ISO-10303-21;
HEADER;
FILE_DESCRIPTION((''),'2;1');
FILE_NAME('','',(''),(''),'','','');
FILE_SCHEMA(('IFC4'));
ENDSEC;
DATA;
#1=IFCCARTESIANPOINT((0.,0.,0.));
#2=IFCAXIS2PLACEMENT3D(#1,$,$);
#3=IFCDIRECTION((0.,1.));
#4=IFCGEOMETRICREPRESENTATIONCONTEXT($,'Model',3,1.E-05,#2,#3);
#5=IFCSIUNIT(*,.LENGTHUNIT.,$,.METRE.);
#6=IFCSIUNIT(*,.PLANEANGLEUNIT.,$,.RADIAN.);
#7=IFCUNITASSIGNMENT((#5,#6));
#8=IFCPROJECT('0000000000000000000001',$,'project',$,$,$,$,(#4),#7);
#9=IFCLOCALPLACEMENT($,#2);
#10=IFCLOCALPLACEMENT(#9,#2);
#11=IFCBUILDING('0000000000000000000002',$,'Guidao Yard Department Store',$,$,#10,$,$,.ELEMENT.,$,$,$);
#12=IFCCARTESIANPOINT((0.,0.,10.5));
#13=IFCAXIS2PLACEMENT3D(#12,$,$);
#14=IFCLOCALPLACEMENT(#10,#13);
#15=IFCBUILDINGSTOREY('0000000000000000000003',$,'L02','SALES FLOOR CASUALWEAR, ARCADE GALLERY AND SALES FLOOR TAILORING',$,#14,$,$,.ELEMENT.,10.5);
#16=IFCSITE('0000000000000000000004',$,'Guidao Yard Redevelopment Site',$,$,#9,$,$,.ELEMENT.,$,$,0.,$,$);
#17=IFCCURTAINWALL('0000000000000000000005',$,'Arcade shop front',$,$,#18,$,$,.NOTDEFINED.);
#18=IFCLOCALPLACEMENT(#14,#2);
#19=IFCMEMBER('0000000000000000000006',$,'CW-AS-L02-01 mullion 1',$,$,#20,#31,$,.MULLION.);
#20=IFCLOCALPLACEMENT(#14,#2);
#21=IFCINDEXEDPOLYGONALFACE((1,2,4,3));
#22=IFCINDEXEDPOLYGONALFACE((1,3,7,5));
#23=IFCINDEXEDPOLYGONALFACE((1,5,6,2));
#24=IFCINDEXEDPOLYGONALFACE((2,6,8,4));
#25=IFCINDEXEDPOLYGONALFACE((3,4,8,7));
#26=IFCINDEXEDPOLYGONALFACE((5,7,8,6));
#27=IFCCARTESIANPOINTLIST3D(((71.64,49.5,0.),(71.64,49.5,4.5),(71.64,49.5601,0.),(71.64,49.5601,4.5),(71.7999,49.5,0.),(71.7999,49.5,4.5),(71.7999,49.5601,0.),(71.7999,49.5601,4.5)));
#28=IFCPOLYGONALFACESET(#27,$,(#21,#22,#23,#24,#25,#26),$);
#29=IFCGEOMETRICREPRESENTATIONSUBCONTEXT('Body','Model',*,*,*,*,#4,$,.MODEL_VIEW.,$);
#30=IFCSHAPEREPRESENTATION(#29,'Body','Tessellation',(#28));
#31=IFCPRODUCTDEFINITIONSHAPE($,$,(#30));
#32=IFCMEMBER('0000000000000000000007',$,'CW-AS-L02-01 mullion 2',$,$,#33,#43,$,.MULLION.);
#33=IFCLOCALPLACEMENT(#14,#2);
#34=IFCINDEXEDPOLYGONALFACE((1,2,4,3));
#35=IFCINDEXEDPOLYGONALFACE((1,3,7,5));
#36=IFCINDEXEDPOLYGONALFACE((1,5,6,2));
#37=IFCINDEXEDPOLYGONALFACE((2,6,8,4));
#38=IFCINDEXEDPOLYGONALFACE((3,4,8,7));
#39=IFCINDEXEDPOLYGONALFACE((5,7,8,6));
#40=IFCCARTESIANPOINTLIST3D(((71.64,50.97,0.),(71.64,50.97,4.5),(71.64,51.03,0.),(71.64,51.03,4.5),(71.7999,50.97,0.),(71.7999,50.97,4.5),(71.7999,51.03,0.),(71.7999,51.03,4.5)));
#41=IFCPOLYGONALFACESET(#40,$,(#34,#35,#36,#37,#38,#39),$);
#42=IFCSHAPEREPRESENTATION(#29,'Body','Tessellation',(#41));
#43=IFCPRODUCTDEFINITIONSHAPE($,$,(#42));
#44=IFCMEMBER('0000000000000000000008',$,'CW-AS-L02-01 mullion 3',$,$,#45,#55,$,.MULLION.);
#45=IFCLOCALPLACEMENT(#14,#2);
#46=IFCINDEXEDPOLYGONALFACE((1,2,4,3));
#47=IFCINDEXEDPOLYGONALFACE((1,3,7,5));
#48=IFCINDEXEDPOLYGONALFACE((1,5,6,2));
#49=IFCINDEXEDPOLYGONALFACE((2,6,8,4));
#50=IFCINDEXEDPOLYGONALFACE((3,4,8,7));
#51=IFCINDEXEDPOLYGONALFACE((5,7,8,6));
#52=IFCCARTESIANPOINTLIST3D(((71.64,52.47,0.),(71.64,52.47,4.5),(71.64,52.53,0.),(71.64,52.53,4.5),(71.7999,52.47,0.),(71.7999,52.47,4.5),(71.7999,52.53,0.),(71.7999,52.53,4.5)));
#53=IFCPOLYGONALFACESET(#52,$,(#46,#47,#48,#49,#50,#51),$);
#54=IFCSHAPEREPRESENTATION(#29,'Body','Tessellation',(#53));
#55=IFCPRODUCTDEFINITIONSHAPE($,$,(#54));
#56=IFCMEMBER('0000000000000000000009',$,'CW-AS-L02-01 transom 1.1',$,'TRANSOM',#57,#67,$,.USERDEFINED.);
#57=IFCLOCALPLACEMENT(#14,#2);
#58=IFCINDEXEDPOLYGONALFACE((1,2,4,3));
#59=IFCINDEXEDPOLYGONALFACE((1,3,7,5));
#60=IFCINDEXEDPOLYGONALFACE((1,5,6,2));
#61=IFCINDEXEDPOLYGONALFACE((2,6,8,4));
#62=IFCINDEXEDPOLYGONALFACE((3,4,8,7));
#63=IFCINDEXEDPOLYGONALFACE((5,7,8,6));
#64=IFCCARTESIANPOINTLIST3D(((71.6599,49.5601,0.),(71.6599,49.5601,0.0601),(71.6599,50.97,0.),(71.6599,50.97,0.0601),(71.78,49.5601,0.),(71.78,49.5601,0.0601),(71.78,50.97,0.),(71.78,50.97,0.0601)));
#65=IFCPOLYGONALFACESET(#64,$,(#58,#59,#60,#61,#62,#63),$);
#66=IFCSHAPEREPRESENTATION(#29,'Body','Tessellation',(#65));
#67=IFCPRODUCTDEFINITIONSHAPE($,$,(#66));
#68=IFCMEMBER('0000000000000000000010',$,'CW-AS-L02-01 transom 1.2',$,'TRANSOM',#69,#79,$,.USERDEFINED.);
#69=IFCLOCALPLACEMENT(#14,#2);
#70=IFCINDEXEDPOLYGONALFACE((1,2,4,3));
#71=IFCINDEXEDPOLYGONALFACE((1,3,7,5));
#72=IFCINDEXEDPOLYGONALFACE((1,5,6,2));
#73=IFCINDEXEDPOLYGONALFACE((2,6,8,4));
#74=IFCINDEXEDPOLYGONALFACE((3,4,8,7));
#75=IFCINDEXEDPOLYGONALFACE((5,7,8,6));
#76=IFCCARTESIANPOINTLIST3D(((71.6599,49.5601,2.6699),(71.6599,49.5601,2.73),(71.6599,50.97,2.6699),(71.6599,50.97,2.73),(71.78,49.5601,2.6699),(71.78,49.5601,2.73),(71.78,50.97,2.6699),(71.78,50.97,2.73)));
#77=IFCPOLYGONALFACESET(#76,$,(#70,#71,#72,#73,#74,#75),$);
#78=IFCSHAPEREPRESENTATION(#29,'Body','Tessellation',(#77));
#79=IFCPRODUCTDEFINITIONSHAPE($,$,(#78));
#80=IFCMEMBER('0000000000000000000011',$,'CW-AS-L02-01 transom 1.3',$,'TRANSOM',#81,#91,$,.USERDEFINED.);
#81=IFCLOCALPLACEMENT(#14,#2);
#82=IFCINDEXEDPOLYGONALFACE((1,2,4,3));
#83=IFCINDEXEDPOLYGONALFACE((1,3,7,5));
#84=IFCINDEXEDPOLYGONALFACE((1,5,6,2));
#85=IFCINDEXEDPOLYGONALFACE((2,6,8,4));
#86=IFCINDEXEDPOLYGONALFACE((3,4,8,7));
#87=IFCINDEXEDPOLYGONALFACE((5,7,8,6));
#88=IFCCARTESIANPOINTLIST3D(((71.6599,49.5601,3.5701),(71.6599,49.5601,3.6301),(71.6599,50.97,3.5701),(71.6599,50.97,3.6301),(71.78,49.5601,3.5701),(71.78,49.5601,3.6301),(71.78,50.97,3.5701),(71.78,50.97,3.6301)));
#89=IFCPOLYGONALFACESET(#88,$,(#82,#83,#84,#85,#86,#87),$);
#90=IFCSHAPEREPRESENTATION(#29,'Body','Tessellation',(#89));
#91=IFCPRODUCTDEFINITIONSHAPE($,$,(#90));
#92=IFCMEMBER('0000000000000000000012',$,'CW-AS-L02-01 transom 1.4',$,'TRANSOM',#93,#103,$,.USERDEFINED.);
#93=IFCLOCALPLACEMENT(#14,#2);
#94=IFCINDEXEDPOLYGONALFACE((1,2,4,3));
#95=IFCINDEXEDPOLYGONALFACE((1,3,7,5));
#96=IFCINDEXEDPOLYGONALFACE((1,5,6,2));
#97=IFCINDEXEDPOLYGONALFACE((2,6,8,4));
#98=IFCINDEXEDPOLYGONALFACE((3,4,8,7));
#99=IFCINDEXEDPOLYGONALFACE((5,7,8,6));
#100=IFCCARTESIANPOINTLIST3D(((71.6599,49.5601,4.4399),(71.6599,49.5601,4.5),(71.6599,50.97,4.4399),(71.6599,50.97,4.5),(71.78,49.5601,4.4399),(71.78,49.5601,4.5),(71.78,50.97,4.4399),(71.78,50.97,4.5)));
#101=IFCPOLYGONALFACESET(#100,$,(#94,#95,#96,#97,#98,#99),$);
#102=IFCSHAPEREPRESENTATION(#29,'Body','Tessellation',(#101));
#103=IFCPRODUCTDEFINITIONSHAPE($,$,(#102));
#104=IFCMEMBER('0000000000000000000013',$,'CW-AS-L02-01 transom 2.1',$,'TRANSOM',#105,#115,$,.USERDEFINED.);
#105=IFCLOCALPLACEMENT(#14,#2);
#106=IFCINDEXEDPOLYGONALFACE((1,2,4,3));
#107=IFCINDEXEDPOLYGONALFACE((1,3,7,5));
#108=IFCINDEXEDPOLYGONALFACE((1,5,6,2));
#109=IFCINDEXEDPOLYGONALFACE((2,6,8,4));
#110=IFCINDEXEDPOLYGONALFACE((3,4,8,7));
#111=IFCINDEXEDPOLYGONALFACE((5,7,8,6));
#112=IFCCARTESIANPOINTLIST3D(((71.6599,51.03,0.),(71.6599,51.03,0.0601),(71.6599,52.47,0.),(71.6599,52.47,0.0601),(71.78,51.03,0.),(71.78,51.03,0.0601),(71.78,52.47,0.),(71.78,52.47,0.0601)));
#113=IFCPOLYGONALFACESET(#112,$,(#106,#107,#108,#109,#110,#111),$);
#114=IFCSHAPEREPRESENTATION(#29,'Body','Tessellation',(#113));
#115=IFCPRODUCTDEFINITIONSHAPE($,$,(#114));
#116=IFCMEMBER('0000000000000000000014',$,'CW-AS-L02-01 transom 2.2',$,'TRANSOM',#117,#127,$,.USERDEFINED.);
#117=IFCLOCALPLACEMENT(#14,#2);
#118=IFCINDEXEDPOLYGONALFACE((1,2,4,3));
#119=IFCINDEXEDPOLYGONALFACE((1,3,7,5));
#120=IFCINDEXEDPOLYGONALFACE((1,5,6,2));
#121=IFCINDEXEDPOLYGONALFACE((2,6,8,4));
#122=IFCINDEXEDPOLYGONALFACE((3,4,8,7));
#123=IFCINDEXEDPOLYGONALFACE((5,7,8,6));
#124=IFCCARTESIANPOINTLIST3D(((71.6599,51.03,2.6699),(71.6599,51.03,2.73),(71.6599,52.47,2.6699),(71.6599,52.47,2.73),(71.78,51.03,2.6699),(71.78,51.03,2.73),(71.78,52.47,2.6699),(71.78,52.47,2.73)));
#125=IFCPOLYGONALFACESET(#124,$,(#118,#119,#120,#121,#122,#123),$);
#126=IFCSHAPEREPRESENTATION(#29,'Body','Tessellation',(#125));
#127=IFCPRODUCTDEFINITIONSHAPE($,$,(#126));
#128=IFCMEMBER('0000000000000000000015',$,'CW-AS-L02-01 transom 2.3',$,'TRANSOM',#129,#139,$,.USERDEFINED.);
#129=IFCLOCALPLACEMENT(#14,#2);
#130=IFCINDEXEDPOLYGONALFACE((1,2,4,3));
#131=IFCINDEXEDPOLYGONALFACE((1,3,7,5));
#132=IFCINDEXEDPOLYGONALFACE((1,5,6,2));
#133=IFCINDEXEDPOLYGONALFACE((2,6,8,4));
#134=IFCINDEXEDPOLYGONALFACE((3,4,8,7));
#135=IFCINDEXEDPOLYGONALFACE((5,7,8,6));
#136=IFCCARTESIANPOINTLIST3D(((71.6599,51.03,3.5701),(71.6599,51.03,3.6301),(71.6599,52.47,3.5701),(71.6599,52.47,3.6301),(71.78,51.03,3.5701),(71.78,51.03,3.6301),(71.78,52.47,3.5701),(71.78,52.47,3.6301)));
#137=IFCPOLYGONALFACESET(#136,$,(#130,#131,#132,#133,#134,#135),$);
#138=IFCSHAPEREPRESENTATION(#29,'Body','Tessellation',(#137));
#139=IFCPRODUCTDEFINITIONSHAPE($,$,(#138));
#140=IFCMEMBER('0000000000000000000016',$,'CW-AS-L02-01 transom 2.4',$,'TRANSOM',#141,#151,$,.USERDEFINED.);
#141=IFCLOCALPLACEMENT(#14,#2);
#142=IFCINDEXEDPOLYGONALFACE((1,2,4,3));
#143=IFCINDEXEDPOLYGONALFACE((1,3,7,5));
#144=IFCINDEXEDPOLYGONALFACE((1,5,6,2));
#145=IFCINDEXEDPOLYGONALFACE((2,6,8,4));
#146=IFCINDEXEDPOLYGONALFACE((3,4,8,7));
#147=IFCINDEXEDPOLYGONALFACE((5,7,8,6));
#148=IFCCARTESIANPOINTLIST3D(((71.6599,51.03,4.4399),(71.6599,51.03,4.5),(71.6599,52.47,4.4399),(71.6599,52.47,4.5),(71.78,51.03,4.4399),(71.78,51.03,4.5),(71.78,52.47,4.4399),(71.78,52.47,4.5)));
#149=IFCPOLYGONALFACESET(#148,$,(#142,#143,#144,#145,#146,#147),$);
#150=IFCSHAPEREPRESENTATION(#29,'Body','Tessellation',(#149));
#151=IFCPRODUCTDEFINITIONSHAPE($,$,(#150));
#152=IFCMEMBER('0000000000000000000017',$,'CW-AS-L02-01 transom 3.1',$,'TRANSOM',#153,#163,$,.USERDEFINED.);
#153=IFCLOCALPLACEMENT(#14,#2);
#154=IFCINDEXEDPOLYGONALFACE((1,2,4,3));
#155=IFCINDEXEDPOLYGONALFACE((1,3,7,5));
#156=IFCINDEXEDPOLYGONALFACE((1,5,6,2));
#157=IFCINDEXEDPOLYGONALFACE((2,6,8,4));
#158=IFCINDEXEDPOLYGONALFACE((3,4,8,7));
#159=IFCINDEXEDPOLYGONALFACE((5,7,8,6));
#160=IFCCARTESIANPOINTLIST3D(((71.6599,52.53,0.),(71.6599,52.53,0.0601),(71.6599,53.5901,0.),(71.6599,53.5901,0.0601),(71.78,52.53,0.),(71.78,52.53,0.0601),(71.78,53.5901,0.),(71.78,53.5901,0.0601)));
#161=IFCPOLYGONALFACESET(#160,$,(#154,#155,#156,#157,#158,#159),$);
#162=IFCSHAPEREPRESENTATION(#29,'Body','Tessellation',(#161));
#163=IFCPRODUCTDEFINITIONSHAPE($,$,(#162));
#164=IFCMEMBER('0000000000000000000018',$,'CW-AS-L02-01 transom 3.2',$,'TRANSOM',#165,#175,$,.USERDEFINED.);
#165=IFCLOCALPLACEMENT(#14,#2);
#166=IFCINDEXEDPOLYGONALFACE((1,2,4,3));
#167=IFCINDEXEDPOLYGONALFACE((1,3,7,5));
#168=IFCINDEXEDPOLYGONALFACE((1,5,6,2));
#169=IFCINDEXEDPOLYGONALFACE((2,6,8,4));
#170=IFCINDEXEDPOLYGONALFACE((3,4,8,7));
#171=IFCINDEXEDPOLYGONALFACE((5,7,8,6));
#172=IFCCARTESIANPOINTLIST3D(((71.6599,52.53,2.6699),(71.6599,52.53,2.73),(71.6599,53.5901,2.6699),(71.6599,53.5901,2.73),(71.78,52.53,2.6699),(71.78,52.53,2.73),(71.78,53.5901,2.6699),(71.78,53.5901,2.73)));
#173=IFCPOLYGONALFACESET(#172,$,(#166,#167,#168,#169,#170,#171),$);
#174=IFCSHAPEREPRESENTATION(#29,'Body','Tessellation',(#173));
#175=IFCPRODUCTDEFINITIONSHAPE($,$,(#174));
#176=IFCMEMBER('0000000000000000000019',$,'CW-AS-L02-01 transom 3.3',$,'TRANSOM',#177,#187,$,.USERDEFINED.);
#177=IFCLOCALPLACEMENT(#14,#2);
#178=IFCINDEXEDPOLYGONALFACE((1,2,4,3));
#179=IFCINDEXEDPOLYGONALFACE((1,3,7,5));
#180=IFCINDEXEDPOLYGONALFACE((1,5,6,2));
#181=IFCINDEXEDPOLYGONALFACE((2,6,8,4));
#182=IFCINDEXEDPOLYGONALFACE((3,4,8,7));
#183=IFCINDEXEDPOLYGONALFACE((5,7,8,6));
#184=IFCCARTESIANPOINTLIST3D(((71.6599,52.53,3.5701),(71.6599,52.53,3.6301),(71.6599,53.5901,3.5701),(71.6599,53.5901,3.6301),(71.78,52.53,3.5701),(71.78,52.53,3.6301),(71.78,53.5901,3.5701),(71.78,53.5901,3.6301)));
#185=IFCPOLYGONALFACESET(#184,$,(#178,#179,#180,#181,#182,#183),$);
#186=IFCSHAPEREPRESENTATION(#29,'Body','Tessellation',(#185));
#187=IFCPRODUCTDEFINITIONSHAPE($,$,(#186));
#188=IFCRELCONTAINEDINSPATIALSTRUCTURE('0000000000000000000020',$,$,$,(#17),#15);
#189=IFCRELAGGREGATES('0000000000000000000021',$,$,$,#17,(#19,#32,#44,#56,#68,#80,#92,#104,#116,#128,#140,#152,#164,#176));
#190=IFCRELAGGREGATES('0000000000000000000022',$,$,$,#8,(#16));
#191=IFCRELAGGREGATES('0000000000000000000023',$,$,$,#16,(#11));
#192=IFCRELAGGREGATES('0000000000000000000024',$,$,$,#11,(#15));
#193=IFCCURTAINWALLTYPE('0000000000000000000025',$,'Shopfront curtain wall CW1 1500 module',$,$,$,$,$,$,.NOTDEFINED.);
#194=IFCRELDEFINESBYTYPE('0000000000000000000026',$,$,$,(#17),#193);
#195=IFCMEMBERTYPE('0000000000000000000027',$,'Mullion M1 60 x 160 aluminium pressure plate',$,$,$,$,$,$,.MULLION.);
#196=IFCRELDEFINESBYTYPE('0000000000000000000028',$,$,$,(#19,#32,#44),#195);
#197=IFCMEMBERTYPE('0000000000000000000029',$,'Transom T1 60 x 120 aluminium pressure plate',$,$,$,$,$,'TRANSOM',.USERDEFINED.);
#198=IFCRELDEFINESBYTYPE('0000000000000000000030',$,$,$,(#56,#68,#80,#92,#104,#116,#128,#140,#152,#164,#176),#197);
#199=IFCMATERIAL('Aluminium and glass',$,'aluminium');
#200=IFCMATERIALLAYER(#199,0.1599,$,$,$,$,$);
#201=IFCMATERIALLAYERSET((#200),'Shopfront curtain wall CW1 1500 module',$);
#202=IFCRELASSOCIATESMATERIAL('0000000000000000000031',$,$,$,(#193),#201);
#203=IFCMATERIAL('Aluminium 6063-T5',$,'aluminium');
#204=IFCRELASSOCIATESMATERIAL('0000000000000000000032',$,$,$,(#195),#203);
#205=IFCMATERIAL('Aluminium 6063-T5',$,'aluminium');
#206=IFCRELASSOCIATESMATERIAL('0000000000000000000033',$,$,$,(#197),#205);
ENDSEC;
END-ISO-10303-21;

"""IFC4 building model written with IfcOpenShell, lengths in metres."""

from ifc_helpers import new_model, si_unit, direction, frame, origin, origin_2d, place, context, subcontext, project, spatial, rectangle, extrude, material, layer, layer_set, material_profile, profile_set, type_object, element, aggregate, save


model = new_model("IFC4")

# Units and contexts
model_context = context("Model", 3, precision=1e-05, world=origin(), true_north=direction((0.0, 1.0)))
body_context = subcontext(model_context, "Body", "Model", "MODEL_VIEW")
ifc_project = project(units=[si_unit("LENGTHUNIT", "METRE"), si_unit("PLANEANGLEUNIT", "RADIAN")], contexts=[model_context])

# Site, building, storey
site_placement = place(None, origin())
site = spatial("IfcSite", under=ifc_project, at=site_placement, Name="Guidao Yard Redevelopment Site", CompositionType="ELEMENT", RefElevation=0.0)
building_placement = place(site_placement, origin())
building = spatial("IfcBuilding", under=site, at=building_placement, Name="Guidao Yard Department Store", CompositionType="ELEMENT")
storey_placement = place(building_placement, frame((0.0, 0.0, 10.5)))
storey = spatial("IfcBuildingStorey", under=building, at=storey_placement, Name="L02", Description="SALES FLOOR CASUALWEAR, ARCADE GALLERY AND SALES FLOOR TAILORING", CompositionType="ELEMENT", Elevation=10.5)

# Curtain wall, members
ifc_material_1 = material(Name="Aluminium and glass", Category="aluminium")
ifc_layer_1 = layer(ifc_material_1, 0.1599)
ifc_layer_set_1 = layer_set([ifc_layer_1], Name="Shopfront curtain wall CW1 1500 module")
curtain_wall_type = type_object("IfcCurtainWallType", Name="Shopfront curtain wall CW1 1500 module", PredefinedType="NOTDEFINED", material=ifc_layer_set_1)
curtain_wall_placement = place(storey_placement, origin())
curtain_wall = element("IfcCurtainWall", 1, at=curtain_wall_placement, inside=storey, type_object=curtain_wall_type, Name="Arcade shop front", PredefinedType="NOTDEFINED")
ifc_material_2 = material(Name="Aluminium 6063-T5", Category="aluminium")
ifc_material_profile_1 = material_profile(ifc_material_2, rectangle(XDim=0.0601, YDim=0.1599, at=origin_2d()), Name="Mullion M1 60 x 160 aluminium pressure plate")
ifc_profile_set_1 = profile_set([ifc_material_profile_1], Name="Aluminium 6063-T5")
member_type_1 = type_object("IfcMemberType", Name="Mullion M1 60 x 160 aluminium pressure plate", PredefinedType="MULLION", material=ifc_profile_set_1)
member_1_placement = place(storey_placement, frame((71.72, 49.53, 0.0), z_axis=(0.0, 0.0, 1.0), x_axis=(0.0, 1.0, 0.0)))
member_1 = element("IfcMember", 2, at=member_1_placement, type_object=member_type_1, Name="CW-AS-L02-01 mullion 1", PredefinedType="MULLION", context=body_context, shape_type="SweptSolid", body=[
    extrude(rectangle(XDim=0.0601, YDim=0.1599, at=origin_2d()), origin(), (0.0, 0.0, 1.0), 4.5),
])
member_2_placement = place(storey_placement, frame((71.72, 51.0, 0.0), z_axis=(0.0, 0.0, 1.0), x_axis=(0.0, 1.0, 0.0)))
member_2 = element("IfcMember", 3, at=member_2_placement, type_object=member_type_1, Name="CW-AS-L02-01 mullion 2", PredefinedType="MULLION", context=body_context, shape_type="SweptSolid", body=[
    extrude(rectangle(XDim=0.0601, YDim=0.1599, at=origin_2d()), origin(), (0.0, 0.0, 1.0), 4.5),
])
member_3_placement = place(storey_placement, frame((71.72, 52.5, 0.0), z_axis=(0.0, 0.0, 1.0), x_axis=(0.0, 1.0, 0.0)))
member_3 = element("IfcMember", 4, at=member_3_placement, type_object=member_type_1, Name="CW-AS-L02-01 mullion 3", PredefinedType="MULLION", context=body_context, shape_type="SweptSolid", body=[
    extrude(rectangle(XDim=0.0601, YDim=0.1599, at=origin_2d()), origin(), (0.0, 0.0, 1.0), 4.5),
])
ifc_material_3 = material(Name="Aluminium 6063-T5", Category="aluminium")
ifc_material_profile_2 = material_profile(ifc_material_3, rectangle(XDim=0.1201, YDim=0.0601, at=origin_2d()), Name="Transom T1 60 x 120 aluminium pressure plate")
ifc_profile_set_2 = profile_set([ifc_material_profile_2], Name="Aluminium 6063-T5")
member_type_2 = type_object("IfcMemberType", Name="Transom T1 60 x 120 aluminium pressure plate", ElementType="TRANSOM", PredefinedType="USERDEFINED", material=ifc_profile_set_2)
member_4_placement = place(storey_placement, frame((71.72, 49.5601, 0.03), z_axis=(0.0, 1.0, 0.0), x_axis=(-1.0, 0.0, 0.0)))
member_4 = element("IfcMember", 5, at=member_4_placement, type_object=member_type_2, Name="CW-AS-L02-01 transom 1.1", ObjectType="TRANSOM", PredefinedType="USERDEFINED", context=body_context, shape_type="SweptSolid", body=[
    extrude(rectangle(XDim=0.1201, YDim=0.0601, at=origin_2d()), origin(), (0.0, 0.0, 1.0), 1.4099),
])
member_5_placement = place(storey_placement, frame((71.72, 49.5601, 2.7), z_axis=(0.0, 1.0, 0.0), x_axis=(-1.0, 0.0, 0.0)))
member_5 = element("IfcMember", 6, at=member_5_placement, type_object=member_type_2, Name="CW-AS-L02-01 transom 1.2", ObjectType="TRANSOM", PredefinedType="USERDEFINED", context=body_context, shape_type="SweptSolid", body=[
    extrude(rectangle(XDim=0.1201, YDim=0.0601, at=origin_2d()), origin(), (0.0, 0.0, 1.0), 1.4099),
])
member_6_placement = place(storey_placement, frame((71.72, 49.5601, 3.6001), z_axis=(0.0, 1.0, 0.0), x_axis=(-1.0, 0.0, 0.0)))
member_6 = element("IfcMember", 7, at=member_6_placement, type_object=member_type_2, Name="CW-AS-L02-01 transom 1.3", ObjectType="TRANSOM", PredefinedType="USERDEFINED", context=body_context, shape_type="SweptSolid", body=[
    extrude(rectangle(XDim=0.1201, YDim=0.0601, at=origin_2d()), origin(), (0.0, 0.0, 1.0), 1.4099),
])
member_7_placement = place(storey_placement, frame((71.72, 49.5601, 4.47), z_axis=(0.0, 1.0, 0.0), x_axis=(-1.0, 0.0, 0.0)))
member_7 = element("IfcMember", 8, at=member_7_placement, type_object=member_type_2, Name="CW-AS-L02-01 transom 1.4", ObjectType="TRANSOM", PredefinedType="USERDEFINED", context=body_context, shape_type="SweptSolid", body=[
    extrude(rectangle(XDim=0.1201, YDim=0.0601, at=origin_2d()), origin(), (0.0, 0.0, 1.0), 1.4099),
])
member_8_placement = place(storey_placement, frame((71.72, 51.03, 0.03), z_axis=(0.0, 1.0, 0.0), x_axis=(-1.0, 0.0, 0.0)))
member_8 = element("IfcMember", 9, at=member_8_placement, type_object=member_type_2, Name="CW-AS-L02-01 transom 2.1", ObjectType="TRANSOM", PredefinedType="USERDEFINED", context=body_context, shape_type="SweptSolid", body=[
    extrude(rectangle(XDim=0.1201, YDim=0.0601, at=origin_2d()), origin(), (0.0, 0.0, 1.0), 1.4399),
])
member_9_placement = place(storey_placement, frame((71.72, 51.03, 2.7), z_axis=(0.0, 1.0, 0.0), x_axis=(-1.0, 0.0, 0.0)))
member_9 = element("IfcMember", 10, at=member_9_placement, type_object=member_type_2, Name="CW-AS-L02-01 transom 2.2", ObjectType="TRANSOM", PredefinedType="USERDEFINED", context=body_context, shape_type="SweptSolid", body=[
    extrude(rectangle(XDim=0.1201, YDim=0.0601, at=origin_2d()), origin(), (0.0, 0.0, 1.0), 1.4399),
])
member_10_placement = place(storey_placement, frame((71.72, 51.03, 3.6001), z_axis=(0.0, 1.0, 0.0), x_axis=(-1.0, 0.0, 0.0)))
member_10 = element("IfcMember", 11, at=member_10_placement, type_object=member_type_2, Name="CW-AS-L02-01 transom 2.3", ObjectType="TRANSOM", PredefinedType="USERDEFINED", context=body_context, shape_type="SweptSolid", body=[
    extrude(rectangle(XDim=0.1201, YDim=0.0601, at=origin_2d()), origin(), (0.0, 0.0, 1.0), 1.4399),
])
member_11_placement = place(storey_placement, frame((71.72, 51.03, 4.47), z_axis=(0.0, 1.0, 0.0), x_axis=(-1.0, 0.0, 0.0)))
member_11 = element("IfcMember", 12, at=member_11_placement, type_object=member_type_2, Name="CW-AS-L02-01 transom 2.4", ObjectType="TRANSOM", PredefinedType="USERDEFINED", context=body_context, shape_type="SweptSolid", body=[
    extrude(rectangle(XDim=0.1201, YDim=0.0601, at=origin_2d()), origin(), (0.0, 0.0, 1.0), 1.4399),
])
member_12_placement = place(storey_placement, frame((71.72, 52.53, 0.03), z_axis=(0.0, 1.0, 0.0), x_axis=(-1.0, 0.0, 0.0)))
member_12 = element("IfcMember", 13, at=member_12_placement, type_object=member_type_2, Name="CW-AS-L02-01 transom 3.1", ObjectType="TRANSOM", PredefinedType="USERDEFINED", context=body_context, shape_type="SweptSolid", body=[
    extrude(rectangle(XDim=0.1201, YDim=0.0601, at=origin_2d()), origin(), (0.0, 0.0, 1.0), 1.0601),
])
member_13_placement = place(storey_placement, frame((71.72, 52.53, 2.7), z_axis=(0.0, 1.0, 0.0), x_axis=(-1.0, 0.0, 0.0)))
member_13 = element("IfcMember", 14, at=member_13_placement, type_object=member_type_2, Name="CW-AS-L02-01 transom 3.2", ObjectType="TRANSOM", PredefinedType="USERDEFINED", context=body_context, shape_type="SweptSolid", body=[
    extrude(rectangle(XDim=0.1201, YDim=0.0601, at=origin_2d()), origin(), (0.0, 0.0, 1.0), 1.0601),
])
member_14_placement = place(storey_placement, frame((71.72, 52.53, 3.6001), z_axis=(0.0, 1.0, 0.0), x_axis=(-1.0, 0.0, 0.0)))
member_14 = element("IfcMember", 15, at=member_14_placement, type_object=member_type_2, Name="CW-AS-L02-01 transom 3.3", ObjectType="TRANSOM", PredefinedType="USERDEFINED", context=body_context, shape_type="SweptSolid", body=[
    extrude(rectangle(XDim=0.1201, YDim=0.0601, at=origin_2d()), origin(), (0.0, 0.0, 1.0), 1.0601),
])
aggregate(curtain_wall, [member_1, member_2, member_3, member_4, member_5, member_6, member_7, member_8, member_9, member_10, member_11, member_12, member_13, member_14])

save(model, "model.ifc")
